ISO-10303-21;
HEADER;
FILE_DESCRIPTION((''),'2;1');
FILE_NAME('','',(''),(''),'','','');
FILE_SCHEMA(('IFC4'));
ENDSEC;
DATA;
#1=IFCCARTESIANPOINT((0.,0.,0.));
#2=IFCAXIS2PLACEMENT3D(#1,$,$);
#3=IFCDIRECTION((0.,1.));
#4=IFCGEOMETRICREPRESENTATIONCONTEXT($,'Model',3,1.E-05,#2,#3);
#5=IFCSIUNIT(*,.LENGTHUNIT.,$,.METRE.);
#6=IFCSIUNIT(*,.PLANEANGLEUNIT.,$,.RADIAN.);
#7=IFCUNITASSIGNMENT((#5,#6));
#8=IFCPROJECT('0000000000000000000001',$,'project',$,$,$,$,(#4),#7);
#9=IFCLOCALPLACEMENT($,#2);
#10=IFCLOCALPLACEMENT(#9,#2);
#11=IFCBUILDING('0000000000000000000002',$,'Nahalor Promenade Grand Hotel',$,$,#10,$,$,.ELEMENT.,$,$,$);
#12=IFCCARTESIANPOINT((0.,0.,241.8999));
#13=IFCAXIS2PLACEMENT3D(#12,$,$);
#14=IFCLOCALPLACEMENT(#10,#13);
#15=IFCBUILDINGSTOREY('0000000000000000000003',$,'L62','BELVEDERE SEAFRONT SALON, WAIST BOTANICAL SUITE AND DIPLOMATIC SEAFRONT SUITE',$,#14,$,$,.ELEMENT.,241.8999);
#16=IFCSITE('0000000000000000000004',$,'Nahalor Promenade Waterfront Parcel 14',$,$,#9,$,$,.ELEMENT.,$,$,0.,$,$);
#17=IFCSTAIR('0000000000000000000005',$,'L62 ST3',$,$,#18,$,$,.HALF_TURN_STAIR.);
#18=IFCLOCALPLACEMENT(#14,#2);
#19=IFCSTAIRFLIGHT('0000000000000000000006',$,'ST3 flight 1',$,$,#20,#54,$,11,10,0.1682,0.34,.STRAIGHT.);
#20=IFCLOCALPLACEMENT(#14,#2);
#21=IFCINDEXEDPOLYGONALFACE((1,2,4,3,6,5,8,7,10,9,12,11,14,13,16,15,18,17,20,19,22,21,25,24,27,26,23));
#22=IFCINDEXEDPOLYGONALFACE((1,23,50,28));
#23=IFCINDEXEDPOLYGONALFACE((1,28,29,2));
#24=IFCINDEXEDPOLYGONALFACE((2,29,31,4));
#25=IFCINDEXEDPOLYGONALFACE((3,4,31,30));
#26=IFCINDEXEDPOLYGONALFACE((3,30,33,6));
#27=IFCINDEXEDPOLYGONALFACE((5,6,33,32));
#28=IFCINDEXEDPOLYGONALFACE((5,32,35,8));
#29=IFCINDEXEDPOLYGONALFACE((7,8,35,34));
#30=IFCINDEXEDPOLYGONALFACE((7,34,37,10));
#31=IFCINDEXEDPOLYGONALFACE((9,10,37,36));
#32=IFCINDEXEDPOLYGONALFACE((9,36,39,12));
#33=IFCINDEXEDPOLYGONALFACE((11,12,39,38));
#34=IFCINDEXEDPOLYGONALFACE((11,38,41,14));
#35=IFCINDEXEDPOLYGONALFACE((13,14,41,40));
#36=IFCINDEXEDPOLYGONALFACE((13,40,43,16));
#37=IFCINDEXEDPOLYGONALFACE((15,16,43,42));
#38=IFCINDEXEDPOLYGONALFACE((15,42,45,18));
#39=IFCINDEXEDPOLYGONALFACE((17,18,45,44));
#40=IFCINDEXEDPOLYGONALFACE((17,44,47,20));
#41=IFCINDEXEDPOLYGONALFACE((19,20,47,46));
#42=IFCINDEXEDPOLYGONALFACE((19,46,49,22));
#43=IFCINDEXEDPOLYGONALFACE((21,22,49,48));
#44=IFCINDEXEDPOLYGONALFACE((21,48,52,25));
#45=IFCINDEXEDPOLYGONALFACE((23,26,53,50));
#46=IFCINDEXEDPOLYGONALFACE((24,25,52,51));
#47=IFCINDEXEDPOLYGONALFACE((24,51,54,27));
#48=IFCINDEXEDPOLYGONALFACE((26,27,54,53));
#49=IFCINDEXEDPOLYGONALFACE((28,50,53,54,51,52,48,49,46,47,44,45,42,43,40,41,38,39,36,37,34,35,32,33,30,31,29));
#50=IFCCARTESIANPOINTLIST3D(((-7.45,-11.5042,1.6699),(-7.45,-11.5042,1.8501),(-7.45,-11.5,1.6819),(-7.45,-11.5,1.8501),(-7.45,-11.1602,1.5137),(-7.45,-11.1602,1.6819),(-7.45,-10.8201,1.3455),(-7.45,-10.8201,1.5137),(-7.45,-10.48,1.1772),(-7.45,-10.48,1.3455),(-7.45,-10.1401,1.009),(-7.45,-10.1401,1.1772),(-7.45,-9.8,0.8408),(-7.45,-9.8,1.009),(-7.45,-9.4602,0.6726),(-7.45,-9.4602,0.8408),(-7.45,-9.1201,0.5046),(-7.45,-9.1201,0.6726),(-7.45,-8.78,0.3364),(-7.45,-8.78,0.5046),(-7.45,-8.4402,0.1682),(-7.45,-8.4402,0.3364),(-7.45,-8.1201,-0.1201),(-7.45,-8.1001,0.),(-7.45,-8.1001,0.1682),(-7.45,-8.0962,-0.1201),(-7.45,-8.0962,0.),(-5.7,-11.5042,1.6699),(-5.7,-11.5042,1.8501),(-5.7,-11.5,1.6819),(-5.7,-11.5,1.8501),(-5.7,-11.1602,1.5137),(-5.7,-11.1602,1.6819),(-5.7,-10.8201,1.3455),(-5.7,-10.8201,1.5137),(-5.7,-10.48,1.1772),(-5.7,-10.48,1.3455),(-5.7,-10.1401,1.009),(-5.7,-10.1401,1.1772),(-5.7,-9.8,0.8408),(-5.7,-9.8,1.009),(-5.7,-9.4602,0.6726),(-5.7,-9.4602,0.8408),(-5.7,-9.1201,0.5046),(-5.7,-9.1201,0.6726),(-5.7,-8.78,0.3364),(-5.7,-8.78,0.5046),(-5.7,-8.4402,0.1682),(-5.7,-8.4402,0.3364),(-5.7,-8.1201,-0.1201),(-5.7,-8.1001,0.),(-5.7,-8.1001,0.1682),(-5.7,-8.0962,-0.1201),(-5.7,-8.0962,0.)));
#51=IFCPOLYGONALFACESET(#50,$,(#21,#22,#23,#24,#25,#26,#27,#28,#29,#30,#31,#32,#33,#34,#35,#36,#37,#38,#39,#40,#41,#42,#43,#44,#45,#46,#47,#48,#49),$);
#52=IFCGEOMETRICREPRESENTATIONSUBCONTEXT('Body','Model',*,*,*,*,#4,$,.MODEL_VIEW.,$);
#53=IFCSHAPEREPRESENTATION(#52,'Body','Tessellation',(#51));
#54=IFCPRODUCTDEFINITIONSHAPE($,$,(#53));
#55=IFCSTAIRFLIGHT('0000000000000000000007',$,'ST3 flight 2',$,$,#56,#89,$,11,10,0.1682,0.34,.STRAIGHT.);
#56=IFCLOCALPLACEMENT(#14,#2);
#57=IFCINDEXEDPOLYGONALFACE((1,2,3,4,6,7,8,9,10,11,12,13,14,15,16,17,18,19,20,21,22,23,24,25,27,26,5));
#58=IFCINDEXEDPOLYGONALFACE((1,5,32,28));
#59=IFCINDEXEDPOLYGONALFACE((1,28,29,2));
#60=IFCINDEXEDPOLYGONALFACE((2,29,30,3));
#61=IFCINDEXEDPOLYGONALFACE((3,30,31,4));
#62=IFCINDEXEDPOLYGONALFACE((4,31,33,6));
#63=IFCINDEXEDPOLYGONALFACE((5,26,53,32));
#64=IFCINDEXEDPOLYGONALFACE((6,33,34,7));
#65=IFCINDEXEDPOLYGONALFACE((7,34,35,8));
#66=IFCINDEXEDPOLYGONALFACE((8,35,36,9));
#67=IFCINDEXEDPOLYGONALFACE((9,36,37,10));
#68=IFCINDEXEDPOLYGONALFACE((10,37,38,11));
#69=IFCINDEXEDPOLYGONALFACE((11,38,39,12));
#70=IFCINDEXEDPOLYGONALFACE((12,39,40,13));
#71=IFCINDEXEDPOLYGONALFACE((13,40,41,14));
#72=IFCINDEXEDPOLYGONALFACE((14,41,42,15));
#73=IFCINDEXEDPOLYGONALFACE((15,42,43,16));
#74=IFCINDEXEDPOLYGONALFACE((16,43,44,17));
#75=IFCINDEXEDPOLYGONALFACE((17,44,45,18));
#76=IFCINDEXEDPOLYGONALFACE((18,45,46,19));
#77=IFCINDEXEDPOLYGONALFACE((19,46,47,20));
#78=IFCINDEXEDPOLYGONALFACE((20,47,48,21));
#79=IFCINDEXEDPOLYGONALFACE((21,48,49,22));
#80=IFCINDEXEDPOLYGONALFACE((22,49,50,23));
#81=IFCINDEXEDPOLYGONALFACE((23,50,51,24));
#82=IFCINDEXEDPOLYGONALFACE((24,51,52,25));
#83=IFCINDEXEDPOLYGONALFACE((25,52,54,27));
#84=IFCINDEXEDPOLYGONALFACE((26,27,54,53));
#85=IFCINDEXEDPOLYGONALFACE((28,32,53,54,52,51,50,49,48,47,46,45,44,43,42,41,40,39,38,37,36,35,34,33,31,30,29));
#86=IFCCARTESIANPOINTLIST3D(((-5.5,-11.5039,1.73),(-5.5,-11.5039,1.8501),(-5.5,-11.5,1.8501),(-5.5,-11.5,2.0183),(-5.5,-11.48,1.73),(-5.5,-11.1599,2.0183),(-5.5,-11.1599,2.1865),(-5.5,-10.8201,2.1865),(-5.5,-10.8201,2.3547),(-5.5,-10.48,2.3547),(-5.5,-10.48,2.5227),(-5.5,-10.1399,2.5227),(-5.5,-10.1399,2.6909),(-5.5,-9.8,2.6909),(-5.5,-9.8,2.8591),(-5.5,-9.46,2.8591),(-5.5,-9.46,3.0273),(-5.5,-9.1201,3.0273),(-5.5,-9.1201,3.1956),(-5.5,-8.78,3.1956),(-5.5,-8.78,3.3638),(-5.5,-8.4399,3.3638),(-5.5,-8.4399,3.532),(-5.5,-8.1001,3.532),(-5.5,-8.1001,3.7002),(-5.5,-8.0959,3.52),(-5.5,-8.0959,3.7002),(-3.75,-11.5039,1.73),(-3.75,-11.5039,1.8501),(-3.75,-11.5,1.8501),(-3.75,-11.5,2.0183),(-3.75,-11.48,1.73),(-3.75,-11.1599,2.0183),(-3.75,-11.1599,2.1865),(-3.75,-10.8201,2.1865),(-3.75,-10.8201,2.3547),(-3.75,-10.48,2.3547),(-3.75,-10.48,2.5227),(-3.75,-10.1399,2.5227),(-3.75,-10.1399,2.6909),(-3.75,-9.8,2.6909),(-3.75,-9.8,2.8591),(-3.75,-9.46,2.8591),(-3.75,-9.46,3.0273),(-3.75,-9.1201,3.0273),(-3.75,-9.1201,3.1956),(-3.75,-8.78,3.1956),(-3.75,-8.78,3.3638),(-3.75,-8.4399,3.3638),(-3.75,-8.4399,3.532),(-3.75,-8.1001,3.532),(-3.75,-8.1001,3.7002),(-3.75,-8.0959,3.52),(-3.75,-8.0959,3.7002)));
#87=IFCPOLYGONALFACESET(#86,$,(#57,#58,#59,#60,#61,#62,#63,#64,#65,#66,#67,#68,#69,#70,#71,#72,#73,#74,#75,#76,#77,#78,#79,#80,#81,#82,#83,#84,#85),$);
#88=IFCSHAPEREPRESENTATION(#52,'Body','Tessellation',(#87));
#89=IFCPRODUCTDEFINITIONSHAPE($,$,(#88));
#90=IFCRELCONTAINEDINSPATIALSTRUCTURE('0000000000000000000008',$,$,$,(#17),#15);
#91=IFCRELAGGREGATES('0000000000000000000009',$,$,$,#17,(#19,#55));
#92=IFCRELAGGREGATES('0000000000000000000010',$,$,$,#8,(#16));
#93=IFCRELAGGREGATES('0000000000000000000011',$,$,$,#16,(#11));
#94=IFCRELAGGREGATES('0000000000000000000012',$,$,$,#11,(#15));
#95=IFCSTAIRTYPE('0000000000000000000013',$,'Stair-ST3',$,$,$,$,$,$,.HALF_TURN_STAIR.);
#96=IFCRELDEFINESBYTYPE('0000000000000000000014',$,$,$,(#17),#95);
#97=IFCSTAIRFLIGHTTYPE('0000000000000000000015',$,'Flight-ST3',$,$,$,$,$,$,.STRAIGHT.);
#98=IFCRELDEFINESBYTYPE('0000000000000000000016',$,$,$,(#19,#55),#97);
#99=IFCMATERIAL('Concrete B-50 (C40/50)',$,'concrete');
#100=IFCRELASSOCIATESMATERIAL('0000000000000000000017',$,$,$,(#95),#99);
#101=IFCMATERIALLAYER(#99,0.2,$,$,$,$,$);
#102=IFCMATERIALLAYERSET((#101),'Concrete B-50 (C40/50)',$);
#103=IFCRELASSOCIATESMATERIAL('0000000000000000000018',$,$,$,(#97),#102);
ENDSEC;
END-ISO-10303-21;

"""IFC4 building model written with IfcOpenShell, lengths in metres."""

from ifc_helpers import new_model, si_unit, direction, frame, origin, place, context, subcontext, project, spatial, polyline, outline, extrude, source, transform, mapped, material, layer, layer_set, type_object, element, aggregate, save


model = new_model("IFC4")

# Units and contexts
model_context = context("Model", 3, precision=1e-05, world=origin(), true_north=direction((0.0, 1.0)))
body_context = subcontext(model_context, "Body", "Model", "MODEL_VIEW")
ifc_project = project(units=[si_unit("LENGTHUNIT", "METRE"), si_unit("PLANEANGLEUNIT", "RADIAN")], contexts=[model_context])

# Site, building, storey
site_placement = place(None, origin())
site = spatial("IfcSite", under=ifc_project, at=site_placement, Name="Nahalor Promenade Waterfront Parcel 14", CompositionType="ELEMENT", RefElevation=0.0)
building_placement = place(site_placement, origin())
building = spatial("IfcBuilding", under=site, at=building_placement, Name="Nahalor Promenade Grand Hotel", CompositionType="ELEMENT")
storey_placement = place(building_placement, frame((0.0, 0.0, 241.8999)))
storey = spatial("IfcBuildingStorey", under=building, at=storey_placement, Name="L62", Description="BELVEDERE SEAFRONT SALON, WAIST BOTANICAL SUITE AND DIPLOMATIC SEAFRONT SUITE", CompositionType="ELEMENT", Elevation=241.8999)

# Shared definitions
ifc_material_1 = material(Name="Concrete B-50 (C40/50)", Category="concrete")

# Stair, stair flights
stair_type = type_object("IfcStairType", Name="Stair-ST3", PredefinedType="HALF_TURN_STAIR", material=ifc_material_1)
stair_placement = place(storey_placement, origin())
stair = element("IfcStair", 1, at=stair_placement, inside=storey, type_object=stair_type, Name="L62 ST3", PredefinedType="HALF_TURN_STAIR")
ifc_layer_1 = layer(ifc_material_1, 0.2)
ifc_layer_set_1 = layer_set([ifc_layer_1], Name="Concrete B-50 (C40/50)")
stair_flight_type = type_object("IfcStairFlightType", Name="Flight-ST3", PredefinedType="STRAIGHT", material=ifc_layer_set_1)
shared_shape_1 = source(origin(), body_context, "Body", "SweptSolid", [
    extrude(outline(polyline([(-0.0039, -0.1201), (-0.0039, 0.0), (0.0, 0.0), (0.0, 0.1682), (0.3401, 0.1682), (0.3401, 0.3364), (0.6799, 0.3364), (0.6799, 0.5046), (1.02, 0.5046), (1.02, 0.6726), (1.3601, 0.6726), (1.3601, 0.8408), (1.7, 0.8408), (1.7, 1.009), (2.04, 1.009), (2.04, 1.1772), (2.3799, 1.1772), (2.3799, 1.3455), (2.72, 1.3455), (2.72, 1.5137), (3.0601, 1.5137), (3.0601, 1.6819), (3.3999, 1.6819), (3.3999, 1.8501), (3.4041, 1.8501), (3.4041, 1.6699), (0.02, -0.1201), (-0.0039, -0.1201)])), frame((0.0, 0.875, 0.0), z_axis=(0.0, -1.0, 0.0), x_axis=(1.0, 0.0, 0.0)), (0.0, 0.0, 1.0), 1.75),
])
stair_flight_1_placement = place(storey_placement, frame((-6.575, -8.1001, 0.0), z_axis=(0.0, 0.0, 1.0), x_axis=(0.0, -1.0, 0.0)))
stair_flight_1 = element("IfcStairFlight", 2, at=stair_flight_1_placement, type_object=stair_flight_type, Name="ST3 flight 1", NumberOfRisers=11, NumberOfTreads=10, PredefinedType="STRAIGHT", RiserHeight=0.1682, TreadLength=0.34, context=body_context, shape_type="MappedRepresentation", body=[
    mapped(shared_shape_1, transform((0.0, 0.0, 0.0), scale=1.0)),
])
stair_flight_2_placement = place(storey_placement, frame((-4.625, -11.5, 1.8501), z_axis=(0.0, 0.0, 1.0), x_axis=(0.0, 1.0, 0.0)))
stair_flight_2 = element("IfcStairFlight", 3, at=stair_flight_2_placement, type_object=stair_flight_type, Name="ST3 flight 2", NumberOfRisers=11, NumberOfTreads=10, PredefinedType="STRAIGHT", RiserHeight=0.1682, TreadLength=0.34, context=body_context, shape_type="MappedRepresentation", body=[
    mapped(shared_shape_1, transform((0.0, 0.0, 0.0), scale=1.0)),
])
aggregate(stair, [stair_flight_1, stair_flight_2])

save(model, "model.ifc")
